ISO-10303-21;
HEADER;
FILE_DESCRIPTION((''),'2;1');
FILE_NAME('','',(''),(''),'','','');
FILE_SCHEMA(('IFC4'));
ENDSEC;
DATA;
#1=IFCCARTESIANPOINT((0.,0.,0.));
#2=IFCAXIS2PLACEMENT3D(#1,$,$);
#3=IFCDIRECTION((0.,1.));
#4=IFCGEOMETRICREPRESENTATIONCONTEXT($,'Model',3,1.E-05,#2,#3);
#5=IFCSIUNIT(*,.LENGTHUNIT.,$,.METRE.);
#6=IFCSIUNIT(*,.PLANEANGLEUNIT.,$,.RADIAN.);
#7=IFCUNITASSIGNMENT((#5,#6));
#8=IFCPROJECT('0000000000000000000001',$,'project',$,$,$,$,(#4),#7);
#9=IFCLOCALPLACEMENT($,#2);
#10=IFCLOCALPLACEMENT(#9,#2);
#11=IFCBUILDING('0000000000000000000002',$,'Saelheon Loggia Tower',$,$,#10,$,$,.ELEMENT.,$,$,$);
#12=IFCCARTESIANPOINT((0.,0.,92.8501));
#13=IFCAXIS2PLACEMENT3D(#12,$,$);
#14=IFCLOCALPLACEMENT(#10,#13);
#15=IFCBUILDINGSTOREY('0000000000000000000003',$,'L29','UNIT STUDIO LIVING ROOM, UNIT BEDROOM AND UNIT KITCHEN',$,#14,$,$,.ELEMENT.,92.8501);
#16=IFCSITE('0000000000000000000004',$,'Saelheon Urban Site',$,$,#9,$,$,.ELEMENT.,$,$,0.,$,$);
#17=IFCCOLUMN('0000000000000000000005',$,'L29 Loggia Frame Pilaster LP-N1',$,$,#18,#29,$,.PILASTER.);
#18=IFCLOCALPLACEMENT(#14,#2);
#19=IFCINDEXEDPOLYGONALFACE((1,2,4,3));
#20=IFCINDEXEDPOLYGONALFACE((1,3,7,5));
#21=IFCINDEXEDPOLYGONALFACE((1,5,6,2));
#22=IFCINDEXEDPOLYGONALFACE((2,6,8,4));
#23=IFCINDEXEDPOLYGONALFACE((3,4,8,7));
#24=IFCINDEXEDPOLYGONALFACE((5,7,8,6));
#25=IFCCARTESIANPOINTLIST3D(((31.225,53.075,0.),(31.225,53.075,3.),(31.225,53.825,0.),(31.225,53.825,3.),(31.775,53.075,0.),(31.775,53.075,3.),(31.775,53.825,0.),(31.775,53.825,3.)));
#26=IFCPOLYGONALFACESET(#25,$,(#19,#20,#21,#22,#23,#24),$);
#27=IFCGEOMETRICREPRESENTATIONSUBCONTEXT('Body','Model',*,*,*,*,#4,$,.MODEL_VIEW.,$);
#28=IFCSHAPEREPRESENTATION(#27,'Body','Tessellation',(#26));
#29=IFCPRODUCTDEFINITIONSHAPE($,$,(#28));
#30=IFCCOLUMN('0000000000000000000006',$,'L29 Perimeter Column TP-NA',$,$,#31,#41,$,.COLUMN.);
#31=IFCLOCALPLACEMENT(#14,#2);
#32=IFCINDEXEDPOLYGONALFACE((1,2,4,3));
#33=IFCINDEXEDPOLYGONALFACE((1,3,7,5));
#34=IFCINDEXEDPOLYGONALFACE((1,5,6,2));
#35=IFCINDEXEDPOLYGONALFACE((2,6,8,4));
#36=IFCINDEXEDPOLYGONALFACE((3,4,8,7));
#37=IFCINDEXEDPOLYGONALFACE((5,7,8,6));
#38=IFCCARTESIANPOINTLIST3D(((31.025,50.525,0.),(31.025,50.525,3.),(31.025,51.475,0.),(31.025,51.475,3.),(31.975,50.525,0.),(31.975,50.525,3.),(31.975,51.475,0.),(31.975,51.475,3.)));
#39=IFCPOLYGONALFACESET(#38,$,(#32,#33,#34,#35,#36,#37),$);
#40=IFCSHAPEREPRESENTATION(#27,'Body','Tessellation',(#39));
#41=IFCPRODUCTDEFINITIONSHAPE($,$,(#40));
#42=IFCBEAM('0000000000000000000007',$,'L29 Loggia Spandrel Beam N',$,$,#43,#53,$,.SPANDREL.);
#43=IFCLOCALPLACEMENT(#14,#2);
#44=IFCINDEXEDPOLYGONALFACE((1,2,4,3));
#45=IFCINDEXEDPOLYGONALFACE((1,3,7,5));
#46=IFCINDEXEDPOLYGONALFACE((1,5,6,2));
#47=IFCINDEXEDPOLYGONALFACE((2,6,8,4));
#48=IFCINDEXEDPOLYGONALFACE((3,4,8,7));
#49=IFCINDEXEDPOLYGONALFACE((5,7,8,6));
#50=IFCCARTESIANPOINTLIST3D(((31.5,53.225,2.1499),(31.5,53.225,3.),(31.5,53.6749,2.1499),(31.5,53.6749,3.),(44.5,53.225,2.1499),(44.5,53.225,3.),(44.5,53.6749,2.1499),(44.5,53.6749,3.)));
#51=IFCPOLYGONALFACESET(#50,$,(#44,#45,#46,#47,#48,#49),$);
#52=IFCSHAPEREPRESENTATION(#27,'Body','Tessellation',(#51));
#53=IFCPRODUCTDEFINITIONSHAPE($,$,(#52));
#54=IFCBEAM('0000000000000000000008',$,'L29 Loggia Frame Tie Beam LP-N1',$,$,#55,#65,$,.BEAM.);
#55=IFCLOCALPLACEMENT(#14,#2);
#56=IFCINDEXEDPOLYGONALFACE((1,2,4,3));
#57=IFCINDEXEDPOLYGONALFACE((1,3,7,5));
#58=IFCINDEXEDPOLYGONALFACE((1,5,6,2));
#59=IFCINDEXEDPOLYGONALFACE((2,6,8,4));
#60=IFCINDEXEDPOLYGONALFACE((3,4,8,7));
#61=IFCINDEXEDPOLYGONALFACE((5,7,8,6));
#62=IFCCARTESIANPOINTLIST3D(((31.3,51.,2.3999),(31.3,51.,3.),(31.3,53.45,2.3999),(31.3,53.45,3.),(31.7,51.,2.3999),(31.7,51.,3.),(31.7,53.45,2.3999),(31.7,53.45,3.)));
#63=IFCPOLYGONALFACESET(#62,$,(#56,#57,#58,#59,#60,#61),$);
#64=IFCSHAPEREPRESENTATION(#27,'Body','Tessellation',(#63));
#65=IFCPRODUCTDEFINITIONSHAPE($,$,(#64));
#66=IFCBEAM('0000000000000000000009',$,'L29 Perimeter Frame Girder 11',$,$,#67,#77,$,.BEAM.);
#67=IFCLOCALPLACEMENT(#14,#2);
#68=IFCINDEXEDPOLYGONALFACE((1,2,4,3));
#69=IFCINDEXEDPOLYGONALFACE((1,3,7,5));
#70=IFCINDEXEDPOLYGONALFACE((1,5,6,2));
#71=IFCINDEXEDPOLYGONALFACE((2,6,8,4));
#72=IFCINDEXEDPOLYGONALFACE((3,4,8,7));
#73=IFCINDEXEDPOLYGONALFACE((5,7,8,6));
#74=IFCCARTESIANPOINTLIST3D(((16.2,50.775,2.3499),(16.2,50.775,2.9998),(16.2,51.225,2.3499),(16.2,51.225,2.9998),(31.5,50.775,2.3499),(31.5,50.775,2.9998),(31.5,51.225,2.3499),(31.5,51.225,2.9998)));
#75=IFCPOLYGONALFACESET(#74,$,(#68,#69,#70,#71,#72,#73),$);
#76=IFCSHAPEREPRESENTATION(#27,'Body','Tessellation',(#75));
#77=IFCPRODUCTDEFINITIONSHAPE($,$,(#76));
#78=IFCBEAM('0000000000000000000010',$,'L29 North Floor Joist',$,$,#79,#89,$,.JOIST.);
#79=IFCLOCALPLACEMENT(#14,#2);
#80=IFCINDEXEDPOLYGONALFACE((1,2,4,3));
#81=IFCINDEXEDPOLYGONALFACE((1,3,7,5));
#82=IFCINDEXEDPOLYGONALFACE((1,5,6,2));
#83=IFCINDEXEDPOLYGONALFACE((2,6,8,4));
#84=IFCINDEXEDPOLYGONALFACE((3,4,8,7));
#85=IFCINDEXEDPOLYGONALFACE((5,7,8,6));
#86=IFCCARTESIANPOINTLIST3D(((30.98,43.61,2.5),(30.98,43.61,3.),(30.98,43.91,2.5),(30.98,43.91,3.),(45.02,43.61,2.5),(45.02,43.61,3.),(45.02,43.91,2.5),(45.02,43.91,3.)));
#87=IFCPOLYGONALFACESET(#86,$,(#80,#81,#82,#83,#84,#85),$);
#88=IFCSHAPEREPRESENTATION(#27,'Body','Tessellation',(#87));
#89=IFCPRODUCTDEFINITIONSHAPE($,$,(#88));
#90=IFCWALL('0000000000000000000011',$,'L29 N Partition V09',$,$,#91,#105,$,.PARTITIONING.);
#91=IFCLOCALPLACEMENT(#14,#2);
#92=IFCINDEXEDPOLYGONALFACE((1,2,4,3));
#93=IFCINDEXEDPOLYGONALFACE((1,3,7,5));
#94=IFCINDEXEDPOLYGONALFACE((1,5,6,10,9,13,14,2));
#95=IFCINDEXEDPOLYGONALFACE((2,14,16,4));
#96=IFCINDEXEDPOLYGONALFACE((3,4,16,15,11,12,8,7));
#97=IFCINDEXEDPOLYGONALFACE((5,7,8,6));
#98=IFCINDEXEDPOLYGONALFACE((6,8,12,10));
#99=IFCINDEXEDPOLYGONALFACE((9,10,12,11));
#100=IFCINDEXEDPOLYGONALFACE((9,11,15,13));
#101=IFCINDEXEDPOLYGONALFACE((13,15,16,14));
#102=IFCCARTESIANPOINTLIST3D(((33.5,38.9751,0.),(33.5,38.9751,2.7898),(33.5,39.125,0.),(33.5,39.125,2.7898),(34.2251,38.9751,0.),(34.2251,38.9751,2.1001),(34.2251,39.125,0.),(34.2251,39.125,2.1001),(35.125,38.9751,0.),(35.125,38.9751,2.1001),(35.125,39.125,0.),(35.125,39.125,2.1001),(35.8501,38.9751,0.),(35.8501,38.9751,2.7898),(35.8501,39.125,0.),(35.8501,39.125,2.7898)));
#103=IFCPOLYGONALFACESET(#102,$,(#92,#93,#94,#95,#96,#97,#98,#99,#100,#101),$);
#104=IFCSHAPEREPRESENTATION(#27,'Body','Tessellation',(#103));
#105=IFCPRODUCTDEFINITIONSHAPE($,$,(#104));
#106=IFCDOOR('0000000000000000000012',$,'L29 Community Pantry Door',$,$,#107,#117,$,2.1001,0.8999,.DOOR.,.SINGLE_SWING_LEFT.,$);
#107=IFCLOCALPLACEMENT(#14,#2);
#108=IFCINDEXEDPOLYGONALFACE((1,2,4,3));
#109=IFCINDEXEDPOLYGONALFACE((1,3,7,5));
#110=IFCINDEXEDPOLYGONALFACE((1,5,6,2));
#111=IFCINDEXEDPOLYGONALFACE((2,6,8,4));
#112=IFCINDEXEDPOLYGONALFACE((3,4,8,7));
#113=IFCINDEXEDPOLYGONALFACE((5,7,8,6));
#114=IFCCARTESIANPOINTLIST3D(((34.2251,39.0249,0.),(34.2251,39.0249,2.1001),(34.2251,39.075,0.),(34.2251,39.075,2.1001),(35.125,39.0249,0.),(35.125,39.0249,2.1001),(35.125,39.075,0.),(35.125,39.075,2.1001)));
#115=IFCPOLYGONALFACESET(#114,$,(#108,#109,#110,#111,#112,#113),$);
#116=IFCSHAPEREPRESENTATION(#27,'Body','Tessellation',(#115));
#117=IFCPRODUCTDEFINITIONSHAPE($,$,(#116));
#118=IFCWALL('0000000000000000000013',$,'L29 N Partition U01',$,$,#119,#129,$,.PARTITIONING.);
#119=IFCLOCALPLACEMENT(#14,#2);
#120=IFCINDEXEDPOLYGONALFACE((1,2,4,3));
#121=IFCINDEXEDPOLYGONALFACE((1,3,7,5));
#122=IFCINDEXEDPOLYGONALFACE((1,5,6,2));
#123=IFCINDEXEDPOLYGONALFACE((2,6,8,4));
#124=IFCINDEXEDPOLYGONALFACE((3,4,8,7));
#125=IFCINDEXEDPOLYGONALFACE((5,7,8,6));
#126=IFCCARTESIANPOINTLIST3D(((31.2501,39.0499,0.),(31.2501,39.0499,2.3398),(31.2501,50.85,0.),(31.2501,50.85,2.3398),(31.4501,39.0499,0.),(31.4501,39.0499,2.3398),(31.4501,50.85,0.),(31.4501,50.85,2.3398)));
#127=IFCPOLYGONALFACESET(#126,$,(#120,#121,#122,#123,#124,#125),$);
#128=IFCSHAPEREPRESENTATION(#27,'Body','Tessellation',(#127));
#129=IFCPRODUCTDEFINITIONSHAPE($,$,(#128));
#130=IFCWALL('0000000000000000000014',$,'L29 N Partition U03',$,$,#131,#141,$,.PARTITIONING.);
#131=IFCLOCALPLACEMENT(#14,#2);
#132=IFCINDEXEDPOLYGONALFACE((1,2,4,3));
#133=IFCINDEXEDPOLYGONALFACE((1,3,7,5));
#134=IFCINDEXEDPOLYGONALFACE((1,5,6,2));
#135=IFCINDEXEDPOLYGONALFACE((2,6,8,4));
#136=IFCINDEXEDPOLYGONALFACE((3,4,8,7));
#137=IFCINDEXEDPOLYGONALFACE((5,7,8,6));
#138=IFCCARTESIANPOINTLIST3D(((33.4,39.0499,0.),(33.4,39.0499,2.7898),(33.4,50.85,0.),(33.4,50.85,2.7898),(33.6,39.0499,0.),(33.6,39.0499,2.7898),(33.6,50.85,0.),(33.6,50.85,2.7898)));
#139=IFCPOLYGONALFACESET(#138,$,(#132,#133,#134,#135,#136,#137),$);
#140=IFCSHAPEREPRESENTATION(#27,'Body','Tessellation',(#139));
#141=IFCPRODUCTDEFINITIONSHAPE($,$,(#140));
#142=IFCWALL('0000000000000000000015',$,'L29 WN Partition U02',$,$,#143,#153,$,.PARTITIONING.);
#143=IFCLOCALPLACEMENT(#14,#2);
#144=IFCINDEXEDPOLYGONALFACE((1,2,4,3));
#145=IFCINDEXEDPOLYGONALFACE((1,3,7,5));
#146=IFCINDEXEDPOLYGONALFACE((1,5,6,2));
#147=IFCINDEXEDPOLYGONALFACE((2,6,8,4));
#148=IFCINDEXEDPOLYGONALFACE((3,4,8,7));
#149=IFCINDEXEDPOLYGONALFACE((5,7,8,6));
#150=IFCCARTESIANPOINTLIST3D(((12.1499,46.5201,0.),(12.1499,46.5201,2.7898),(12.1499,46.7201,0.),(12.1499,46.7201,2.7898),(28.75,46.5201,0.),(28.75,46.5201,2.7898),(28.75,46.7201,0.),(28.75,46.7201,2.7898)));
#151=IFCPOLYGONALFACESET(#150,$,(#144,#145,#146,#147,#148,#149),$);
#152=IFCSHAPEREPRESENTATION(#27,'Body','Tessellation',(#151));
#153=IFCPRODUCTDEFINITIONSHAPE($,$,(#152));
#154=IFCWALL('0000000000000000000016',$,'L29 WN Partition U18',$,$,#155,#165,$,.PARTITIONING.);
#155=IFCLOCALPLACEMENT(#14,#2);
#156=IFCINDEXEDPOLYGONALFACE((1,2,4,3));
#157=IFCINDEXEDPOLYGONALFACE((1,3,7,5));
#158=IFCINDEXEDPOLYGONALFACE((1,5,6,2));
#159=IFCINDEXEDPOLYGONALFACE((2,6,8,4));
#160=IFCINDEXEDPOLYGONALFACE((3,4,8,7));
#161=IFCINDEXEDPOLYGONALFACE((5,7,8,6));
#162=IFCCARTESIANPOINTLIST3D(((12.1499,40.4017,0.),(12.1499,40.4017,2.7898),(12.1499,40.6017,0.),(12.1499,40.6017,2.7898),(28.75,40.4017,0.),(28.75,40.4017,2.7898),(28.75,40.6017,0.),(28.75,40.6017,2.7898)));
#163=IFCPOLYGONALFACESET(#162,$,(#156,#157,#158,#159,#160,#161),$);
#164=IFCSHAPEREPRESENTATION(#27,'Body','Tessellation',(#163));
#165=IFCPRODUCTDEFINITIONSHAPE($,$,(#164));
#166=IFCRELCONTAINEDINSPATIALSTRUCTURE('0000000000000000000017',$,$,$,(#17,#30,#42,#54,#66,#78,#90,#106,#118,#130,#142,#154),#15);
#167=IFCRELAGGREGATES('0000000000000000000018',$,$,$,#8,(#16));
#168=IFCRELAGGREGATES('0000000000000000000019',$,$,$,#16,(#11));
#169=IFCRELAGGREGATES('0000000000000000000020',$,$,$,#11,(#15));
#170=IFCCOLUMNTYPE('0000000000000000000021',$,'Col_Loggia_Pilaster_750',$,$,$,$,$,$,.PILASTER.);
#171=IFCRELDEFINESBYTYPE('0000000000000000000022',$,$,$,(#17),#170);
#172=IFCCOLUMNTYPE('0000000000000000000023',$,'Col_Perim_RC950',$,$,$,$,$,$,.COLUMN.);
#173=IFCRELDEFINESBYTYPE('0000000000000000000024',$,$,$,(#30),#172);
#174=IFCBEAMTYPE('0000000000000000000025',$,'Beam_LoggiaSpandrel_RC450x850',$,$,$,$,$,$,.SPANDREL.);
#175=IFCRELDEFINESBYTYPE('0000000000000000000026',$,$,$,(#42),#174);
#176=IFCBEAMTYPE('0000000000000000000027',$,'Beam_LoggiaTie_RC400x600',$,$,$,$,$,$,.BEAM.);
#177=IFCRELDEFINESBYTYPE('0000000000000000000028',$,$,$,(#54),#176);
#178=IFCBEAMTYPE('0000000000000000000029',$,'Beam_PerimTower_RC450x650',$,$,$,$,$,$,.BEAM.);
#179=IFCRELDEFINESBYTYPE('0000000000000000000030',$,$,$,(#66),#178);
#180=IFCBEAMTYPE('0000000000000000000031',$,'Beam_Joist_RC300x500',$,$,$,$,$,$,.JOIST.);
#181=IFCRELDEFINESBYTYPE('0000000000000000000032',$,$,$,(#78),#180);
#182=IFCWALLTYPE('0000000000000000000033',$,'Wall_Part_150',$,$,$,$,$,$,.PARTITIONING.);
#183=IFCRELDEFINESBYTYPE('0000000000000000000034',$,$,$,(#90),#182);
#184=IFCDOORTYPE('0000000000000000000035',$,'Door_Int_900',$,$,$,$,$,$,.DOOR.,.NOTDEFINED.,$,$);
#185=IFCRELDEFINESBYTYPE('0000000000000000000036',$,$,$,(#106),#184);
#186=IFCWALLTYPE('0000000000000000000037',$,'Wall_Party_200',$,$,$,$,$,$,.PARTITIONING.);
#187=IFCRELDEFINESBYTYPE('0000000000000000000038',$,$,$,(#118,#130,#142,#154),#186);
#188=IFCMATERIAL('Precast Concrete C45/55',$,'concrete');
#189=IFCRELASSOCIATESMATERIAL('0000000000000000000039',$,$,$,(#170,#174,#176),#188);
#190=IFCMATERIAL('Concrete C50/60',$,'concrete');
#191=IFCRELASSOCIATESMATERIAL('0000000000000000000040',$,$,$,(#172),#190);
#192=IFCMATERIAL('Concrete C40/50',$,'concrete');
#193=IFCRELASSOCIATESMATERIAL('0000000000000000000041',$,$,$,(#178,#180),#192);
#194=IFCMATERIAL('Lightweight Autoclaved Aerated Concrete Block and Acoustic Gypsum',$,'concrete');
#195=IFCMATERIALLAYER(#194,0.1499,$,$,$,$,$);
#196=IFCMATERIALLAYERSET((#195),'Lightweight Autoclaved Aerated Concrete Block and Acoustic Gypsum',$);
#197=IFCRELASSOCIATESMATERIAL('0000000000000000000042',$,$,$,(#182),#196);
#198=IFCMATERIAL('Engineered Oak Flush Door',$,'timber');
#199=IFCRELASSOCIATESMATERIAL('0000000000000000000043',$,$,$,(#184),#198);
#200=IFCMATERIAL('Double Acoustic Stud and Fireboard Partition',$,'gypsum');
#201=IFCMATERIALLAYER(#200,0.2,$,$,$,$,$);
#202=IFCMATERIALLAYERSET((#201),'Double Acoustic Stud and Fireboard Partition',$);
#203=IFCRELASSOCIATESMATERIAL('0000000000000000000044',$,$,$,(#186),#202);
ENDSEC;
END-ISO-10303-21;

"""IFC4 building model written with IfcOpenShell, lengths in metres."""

from ifc_helpers import new_model, si_unit, direction, frame, frame_2d, origin, origin_2d, place, context, subcontext, project, spatial, rectangle, extrude, source, transform, mapped, material, layer, layer_set, material_profile, profile_set, type_object, element, fill, save


model = new_model("IFC4")

# Units and contexts
model_context = context("Model", 3, precision=1e-05, world=origin(), true_north=direction((0.0, 1.0)))
body_context = subcontext(model_context, "Body", "Model", "MODEL_VIEW")
ifc_project = project(units=[si_unit("LENGTHUNIT", "METRE"), si_unit("PLANEANGLEUNIT", "RADIAN")], contexts=[model_context])

# Site, building, storey
site_placement = place(None, origin())
site = spatial("IfcSite", under=ifc_project, at=site_placement, Name="Saelheon Urban Site", CompositionType="ELEMENT", RefElevation=0.0)
building_placement = place(site_placement, origin())
building = spatial("IfcBuilding", under=site, at=building_placement, Name="Saelheon Loggia Tower", CompositionType="ELEMENT")
storey_placement = place(building_placement, frame((0.0, 0.0, 92.8501)))
storey = spatial("IfcBuildingStorey", under=building, at=storey_placement, Name="L29", Description="UNIT STUDIO LIVING ROOM, UNIT BEDROOM AND UNIT KITCHEN", CompositionType="ELEMENT", Elevation=92.8501)

# Columns
ifc_material_1 = material(Name="Precast Concrete C45/55", Category="concrete")
ifc_material_profile_1 = material_profile(ifc_material_1, rectangle(XDim=0.55, YDim=0.75, at=origin_2d()), Name="RC-550x750")
ifc_profile_set_1 = profile_set([ifc_material_profile_1], Name="Precast Concrete C45/55")
column_type_1 = type_object("IfcColumnType", Name="Col_Loggia_Pilaster_750", PredefinedType="PILASTER", material=ifc_profile_set_1)
shared_shape_1 = source(origin(), body_context, "Body", "SweptSolid", [
    extrude(rectangle(XDim=0.55, YDim=0.75, at=origin_2d()), origin(), (0.0, 0.0, 1.0), 3.0),
])
column_1_placement = place(storey_placement, frame((31.5, 53.45, 0.0), z_axis=(0.0, 0.0, 1.0), x_axis=(1.0, 0.0, 0.0)))
element("IfcColumn", 1, at=column_1_placement, inside=storey, type_object=column_type_1, Name="L29 Loggia Frame Pilaster LP-N1", PredefinedType="PILASTER", context=body_context, shape_type="MappedRepresentation", body=[
    mapped(shared_shape_1, transform((0.0, 0.0, 0.0), scale=1.0)),
])
ifc_material_2 = material(Name="Concrete C50/60", Category="concrete")
ifc_material_profile_2 = material_profile(ifc_material_2, rectangle(XDim=0.95, YDim=0.95, at=origin_2d()), Name="RC-950x950")
ifc_profile_set_2 = profile_set([ifc_material_profile_2], Name="Concrete C50/60")
column_type_2 = type_object("IfcColumnType", Name="Col_Perim_RC950", PredefinedType="COLUMN", material=ifc_profile_set_2)
shared_shape_2 = source(origin(), body_context, "Body", "SweptSolid", [
    extrude(rectangle(XDim=0.95, YDim=0.95, at=origin_2d()), origin(), (0.0, 0.0, 1.0), 3.0),
])
column_2_placement = place(storey_placement, frame((31.5, 51.0, 0.0), z_axis=(0.0, 0.0, 1.0), x_axis=(1.0, 0.0, 0.0)))
element("IfcColumn", 2, at=column_2_placement, inside=storey, type_object=column_type_2, Name="L29 Perimeter Column TP-NA", PredefinedType="COLUMN", context=body_context, shape_type="MappedRepresentation", body=[
    mapped(shared_shape_2, transform((0.0, 0.0, 0.0), scale=1.0)),
])

# Beams
ifc_material_profile_3 = material_profile(ifc_material_1, rectangle(XDim=0.45, YDim=0.8501, at=origin_2d()), Name="RC-450x850")
ifc_profile_set_3 = profile_set([ifc_material_profile_3], Name="Precast Concrete C45/55")
beam_type_1 = type_object("IfcBeamType", Name="Beam_LoggiaSpandrel_RC450x850", PredefinedType="SPANDREL", material=ifc_profile_set_3)
shared_shape_3 = source(origin(), body_context, "Body", "SweptSolid", [
    extrude(rectangle(XDim=0.45, YDim=0.8501, at=origin_2d()), origin(), (0.0, 0.0, 1.0), 13.0),
])
beam_1_placement = place(storey_placement, frame((31.5, 53.45, 2.575), z_axis=(1.0, 0.0, 0.0), x_axis=(0.0, 1.0, 0.0)))
element("IfcBeam", 3, at=beam_1_placement, inside=storey, type_object=beam_type_1, Name="L29 Loggia Spandrel Beam N", PredefinedType="SPANDREL", context=body_context, shape_type="MappedRepresentation", body=[
    mapped(shared_shape_3, transform((0.0, 0.0, 0.0), scale=1.0)),
])
ifc_material_profile_4 = material_profile(ifc_material_1, rectangle(XDim=0.3999, YDim=0.6001, at=origin_2d()), Name="RC-400x600")
ifc_profile_set_4 = profile_set([ifc_material_profile_4], Name="Precast Concrete C45/55")
beam_type_2 = type_object("IfcBeamType", Name="Beam_LoggiaTie_RC400x600", PredefinedType="BEAM", material=ifc_profile_set_4)
shared_shape_4 = source(origin(), body_context, "Body", "SweptSolid", [
    extrude(rectangle(XDim=0.3999, YDim=0.6001, at=origin_2d()), origin(), (0.0, 0.0, 1.0), 2.45),
])
beam_2_placement = place(storey_placement, frame((31.5, 51.0, 2.7), z_axis=(0.0, 1.0, 0.0), x_axis=(-1.0, 0.0, 0.0)))
element("IfcBeam", 4, at=beam_2_placement, inside=storey, type_object=beam_type_2, Name="L29 Loggia Frame Tie Beam LP-N1", PredefinedType="BEAM", context=body_context, shape_type="MappedRepresentation", body=[
    mapped(shared_shape_4, transform((0.0, 0.0, 0.0), scale=1.0)),
])
ifc_material_3 = material(Name="Concrete C40/50", Category="concrete")
ifc_material_profile_5 = material_profile(ifc_material_3, rectangle(XDim=0.45, YDim=0.6499, at=origin_2d()), Name="RC-450x650")
ifc_profile_set_5 = profile_set([ifc_material_profile_5], Name="Concrete C40/50")
beam_type_3 = type_object("IfcBeamType", Name="Beam_PerimTower_RC450x650", PredefinedType="BEAM", material=ifc_profile_set_5)
shared_shape_5 = source(origin(), body_context, "Body", "SweptSolid", [
    extrude(rectangle(XDim=0.45, YDim=0.6499, at=origin_2d()), origin(), (0.0, 0.0, 1.0), 15.3),
])
beam_3_placement = place(storey_placement, frame((31.5, 51.0, 2.6748), z_axis=(-1.0, 0.0, 0.0), x_axis=(0.0, -1.0, 0.0)))
element("IfcBeam", 5, at=beam_3_placement, inside=storey, type_object=beam_type_3, Name="L29 Perimeter Frame Girder 11", PredefinedType="BEAM", context=body_context, shape_type="MappedRepresentation", body=[
    mapped(shared_shape_5, transform((0.0, 0.0, 0.0), scale=1.0)),
])
ifc_material_profile_6 = material_profile(ifc_material_3, rectangle(XDim=0.3, YDim=0.5, at=origin_2d()), Name="RC-300x500")
ifc_profile_set_6 = profile_set([ifc_material_profile_6], Name="Concrete C40/50")
beam_type_4 = type_object("IfcBeamType", Name="Beam_Joist_RC300x500", PredefinedType="JOIST", material=ifc_profile_set_6)
shared_shape_6 = source(origin(), body_context, "Body", "SweptSolid", [
    extrude(rectangle(XDim=0.3, YDim=0.5, at=origin_2d()), origin(), (0.0, 0.0, 1.0), 14.04),
])
beam_4_placement = place(storey_placement, frame((30.98, 43.76, 2.75), z_axis=(1.0, 0.0, 0.0), x_axis=(0.0, 1.0, 0.0)))
element("IfcBeam", 6, at=beam_4_placement, inside=storey, type_object=beam_type_4, Name="L29 North Floor Joist", PredefinedType="JOIST", context=body_context, shape_type="MappedRepresentation", body=[
    mapped(shared_shape_6, transform((0.0, 0.0, 0.0), scale=1.0)),
])

# Wall, opening, door
ifc_material_4 = material(Name="Lightweight Autoclaved Aerated Concrete Block and Acoustic Gypsum", Category="concrete")
ifc_layer_1 = layer(ifc_material_4, 0.1499)
ifc_layer_set_1 = layer_set([ifc_layer_1], Name="Lightweight Autoclaved Aerated Concrete Block and Acoustic Gypsum")
wall_type_1 = type_object("IfcWallType", Name="Wall_Part_150", PredefinedType="PARTITIONING", material=ifc_layer_set_1)
wall_1_placement = place(storey_placement, frame((33.5, 39.05, 0.0), z_axis=(0.0, 0.0, 1.0), x_axis=(1.0, 0.0, 0.0)))
wall_1 = element("IfcWall", 7, at=wall_1_placement, inside=storey, type_object=wall_type_1, Name="L29 N Partition V09", PredefinedType="PARTITIONING", context=body_context, shape_type="SweptSolid", body=[
    extrude(rectangle(XDim=2.3501, YDim=0.1499, at=frame_2d((1.175, 0.0))), origin(), (0.0, 0.0, 1.0), 2.7898),
])
opening_1_placement = place(wall_1_placement, frame((0.7251, 0.0, 0.0)))
opening_1 = element("IfcOpeningElement", 8, at=opening_1_placement, cuts=wall_1, PredefinedType="OPENING", context=body_context, shape_type="SweptSolid", body=[
    extrude(rectangle(XDim=0.8999, YDim=2.1001, at=frame_2d((0.45, 1.05))), frame((0.0, 0.0869, 0.0), z_axis=(0.0, -1.0, 0.0), x_axis=(1.0, 0.0, 0.0)), (0.0, 0.0, 1.0), 0.1738),
])
ifc_material_5 = material(Name="Engineered Oak Flush Door", Category="timber")
door_type_1 = type_object("IfcDoorType", Name="Door_Int_900", OperationType="NOTDEFINED", PredefinedType="DOOR", material=ifc_material_5)
shared_shape_7 = source(origin(), body_context, "Body", "SweptSolid", [
    extrude(rectangle(XDim=0.8999, YDim=2.1001, at=frame_2d((0.45, 1.05))), frame((0.0, 0.0249, 0.0), z_axis=(0.0, -1.0, 0.0), x_axis=(1.0, 0.0, 0.0)), (0.0, 0.0, 1.0), 0.05),
])
door_1_placement = place(opening_1_placement, origin())
door_1 = element("IfcDoor", 9, at=door_1_placement, inside=storey, type_object=door_type_1, Name="L29 Community Pantry Door", OperationType="SINGLE_SWING_LEFT", OverallHeight=2.1001, OverallWidth=0.8999, PredefinedType="DOOR", context=body_context, shape_type="MappedRepresentation", body=[
    mapped(shared_shape_7, transform((0.0, 0.0, 0.0), scale=1.0)),
])
fill(opening_1, door_1)

# Walls
ifc_material_6 = material(Name="Double Acoustic Stud and Fireboard Partition", Category="gypsum")
ifc_layer_2 = layer(ifc_material_6, 0.2)
ifc_layer_set_2 = layer_set([ifc_layer_2], Name="Double Acoustic Stud and Fireboard Partition")
wall_type_2 = type_object("IfcWallType", Name="Wall_Party_200", PredefinedType="PARTITIONING", material=ifc_layer_set_2)
wall_2_placement = place(storey_placement, frame((31.3501, 39.05, 0.0), z_axis=(0.0, 0.0, 1.0), x_axis=(0.0, 1.0, 0.0)))
element("IfcWall", 10, at=wall_2_placement, inside=storey, type_object=wall_type_2, Name="L29 N Partition U01", PredefinedType="PARTITIONING", context=body_context, shape_type="SweptSolid", body=[
    extrude(rectangle(XDim=11.8, YDim=0.2, at=frame_2d((5.8999, 0.0))), origin(), (0.0, 0.0, 1.0), 2.3398),
])
wall_3_placement = place(storey_placement, frame((33.5, 39.05, 0.0), z_axis=(0.0, 0.0, 1.0), x_axis=(0.0, 1.0, 0.0)))
element("IfcWall", 11, at=wall_3_placement, inside=storey, type_object=wall_type_2, Name="L29 N Partition U03", PredefinedType="PARTITIONING", context=body_context, shape_type="SweptSolid", body=[
    extrude(rectangle(XDim=11.8, YDim=0.2, at=frame_2d((5.8999, 0.0))), origin(), (0.0, 0.0, 1.0), 2.7898),
])
for number, where, z_axis, x_axis, name in (
    (12, (28.75, 46.6201, 0.0), (0.0, 0.0, 1.0), (-1.0, 0.0, 0.0), "L29 WN Partition U02"),
    (13, (28.75, 40.5017, 0.0), (0.0, 0.0, 1.0), (-1.0, 0.0, 0.0), "L29 WN Partition U18"),
):
    element("IfcWall", number, at=place(storey_placement, frame(where, z_axis=z_axis, x_axis=x_axis)), inside=storey, type_object=wall_type_2, Name=name, PredefinedType="PARTITIONING", context=body_context, shape_type="SweptSolid", body=[
        extrude(rectangle(XDim=16.6001, YDim=0.2, at=frame_2d((8.3, 0.0))), origin(), (0.0, 0.0, 1.0), 2.7898),
    ])

save(model, "model.ifc")
